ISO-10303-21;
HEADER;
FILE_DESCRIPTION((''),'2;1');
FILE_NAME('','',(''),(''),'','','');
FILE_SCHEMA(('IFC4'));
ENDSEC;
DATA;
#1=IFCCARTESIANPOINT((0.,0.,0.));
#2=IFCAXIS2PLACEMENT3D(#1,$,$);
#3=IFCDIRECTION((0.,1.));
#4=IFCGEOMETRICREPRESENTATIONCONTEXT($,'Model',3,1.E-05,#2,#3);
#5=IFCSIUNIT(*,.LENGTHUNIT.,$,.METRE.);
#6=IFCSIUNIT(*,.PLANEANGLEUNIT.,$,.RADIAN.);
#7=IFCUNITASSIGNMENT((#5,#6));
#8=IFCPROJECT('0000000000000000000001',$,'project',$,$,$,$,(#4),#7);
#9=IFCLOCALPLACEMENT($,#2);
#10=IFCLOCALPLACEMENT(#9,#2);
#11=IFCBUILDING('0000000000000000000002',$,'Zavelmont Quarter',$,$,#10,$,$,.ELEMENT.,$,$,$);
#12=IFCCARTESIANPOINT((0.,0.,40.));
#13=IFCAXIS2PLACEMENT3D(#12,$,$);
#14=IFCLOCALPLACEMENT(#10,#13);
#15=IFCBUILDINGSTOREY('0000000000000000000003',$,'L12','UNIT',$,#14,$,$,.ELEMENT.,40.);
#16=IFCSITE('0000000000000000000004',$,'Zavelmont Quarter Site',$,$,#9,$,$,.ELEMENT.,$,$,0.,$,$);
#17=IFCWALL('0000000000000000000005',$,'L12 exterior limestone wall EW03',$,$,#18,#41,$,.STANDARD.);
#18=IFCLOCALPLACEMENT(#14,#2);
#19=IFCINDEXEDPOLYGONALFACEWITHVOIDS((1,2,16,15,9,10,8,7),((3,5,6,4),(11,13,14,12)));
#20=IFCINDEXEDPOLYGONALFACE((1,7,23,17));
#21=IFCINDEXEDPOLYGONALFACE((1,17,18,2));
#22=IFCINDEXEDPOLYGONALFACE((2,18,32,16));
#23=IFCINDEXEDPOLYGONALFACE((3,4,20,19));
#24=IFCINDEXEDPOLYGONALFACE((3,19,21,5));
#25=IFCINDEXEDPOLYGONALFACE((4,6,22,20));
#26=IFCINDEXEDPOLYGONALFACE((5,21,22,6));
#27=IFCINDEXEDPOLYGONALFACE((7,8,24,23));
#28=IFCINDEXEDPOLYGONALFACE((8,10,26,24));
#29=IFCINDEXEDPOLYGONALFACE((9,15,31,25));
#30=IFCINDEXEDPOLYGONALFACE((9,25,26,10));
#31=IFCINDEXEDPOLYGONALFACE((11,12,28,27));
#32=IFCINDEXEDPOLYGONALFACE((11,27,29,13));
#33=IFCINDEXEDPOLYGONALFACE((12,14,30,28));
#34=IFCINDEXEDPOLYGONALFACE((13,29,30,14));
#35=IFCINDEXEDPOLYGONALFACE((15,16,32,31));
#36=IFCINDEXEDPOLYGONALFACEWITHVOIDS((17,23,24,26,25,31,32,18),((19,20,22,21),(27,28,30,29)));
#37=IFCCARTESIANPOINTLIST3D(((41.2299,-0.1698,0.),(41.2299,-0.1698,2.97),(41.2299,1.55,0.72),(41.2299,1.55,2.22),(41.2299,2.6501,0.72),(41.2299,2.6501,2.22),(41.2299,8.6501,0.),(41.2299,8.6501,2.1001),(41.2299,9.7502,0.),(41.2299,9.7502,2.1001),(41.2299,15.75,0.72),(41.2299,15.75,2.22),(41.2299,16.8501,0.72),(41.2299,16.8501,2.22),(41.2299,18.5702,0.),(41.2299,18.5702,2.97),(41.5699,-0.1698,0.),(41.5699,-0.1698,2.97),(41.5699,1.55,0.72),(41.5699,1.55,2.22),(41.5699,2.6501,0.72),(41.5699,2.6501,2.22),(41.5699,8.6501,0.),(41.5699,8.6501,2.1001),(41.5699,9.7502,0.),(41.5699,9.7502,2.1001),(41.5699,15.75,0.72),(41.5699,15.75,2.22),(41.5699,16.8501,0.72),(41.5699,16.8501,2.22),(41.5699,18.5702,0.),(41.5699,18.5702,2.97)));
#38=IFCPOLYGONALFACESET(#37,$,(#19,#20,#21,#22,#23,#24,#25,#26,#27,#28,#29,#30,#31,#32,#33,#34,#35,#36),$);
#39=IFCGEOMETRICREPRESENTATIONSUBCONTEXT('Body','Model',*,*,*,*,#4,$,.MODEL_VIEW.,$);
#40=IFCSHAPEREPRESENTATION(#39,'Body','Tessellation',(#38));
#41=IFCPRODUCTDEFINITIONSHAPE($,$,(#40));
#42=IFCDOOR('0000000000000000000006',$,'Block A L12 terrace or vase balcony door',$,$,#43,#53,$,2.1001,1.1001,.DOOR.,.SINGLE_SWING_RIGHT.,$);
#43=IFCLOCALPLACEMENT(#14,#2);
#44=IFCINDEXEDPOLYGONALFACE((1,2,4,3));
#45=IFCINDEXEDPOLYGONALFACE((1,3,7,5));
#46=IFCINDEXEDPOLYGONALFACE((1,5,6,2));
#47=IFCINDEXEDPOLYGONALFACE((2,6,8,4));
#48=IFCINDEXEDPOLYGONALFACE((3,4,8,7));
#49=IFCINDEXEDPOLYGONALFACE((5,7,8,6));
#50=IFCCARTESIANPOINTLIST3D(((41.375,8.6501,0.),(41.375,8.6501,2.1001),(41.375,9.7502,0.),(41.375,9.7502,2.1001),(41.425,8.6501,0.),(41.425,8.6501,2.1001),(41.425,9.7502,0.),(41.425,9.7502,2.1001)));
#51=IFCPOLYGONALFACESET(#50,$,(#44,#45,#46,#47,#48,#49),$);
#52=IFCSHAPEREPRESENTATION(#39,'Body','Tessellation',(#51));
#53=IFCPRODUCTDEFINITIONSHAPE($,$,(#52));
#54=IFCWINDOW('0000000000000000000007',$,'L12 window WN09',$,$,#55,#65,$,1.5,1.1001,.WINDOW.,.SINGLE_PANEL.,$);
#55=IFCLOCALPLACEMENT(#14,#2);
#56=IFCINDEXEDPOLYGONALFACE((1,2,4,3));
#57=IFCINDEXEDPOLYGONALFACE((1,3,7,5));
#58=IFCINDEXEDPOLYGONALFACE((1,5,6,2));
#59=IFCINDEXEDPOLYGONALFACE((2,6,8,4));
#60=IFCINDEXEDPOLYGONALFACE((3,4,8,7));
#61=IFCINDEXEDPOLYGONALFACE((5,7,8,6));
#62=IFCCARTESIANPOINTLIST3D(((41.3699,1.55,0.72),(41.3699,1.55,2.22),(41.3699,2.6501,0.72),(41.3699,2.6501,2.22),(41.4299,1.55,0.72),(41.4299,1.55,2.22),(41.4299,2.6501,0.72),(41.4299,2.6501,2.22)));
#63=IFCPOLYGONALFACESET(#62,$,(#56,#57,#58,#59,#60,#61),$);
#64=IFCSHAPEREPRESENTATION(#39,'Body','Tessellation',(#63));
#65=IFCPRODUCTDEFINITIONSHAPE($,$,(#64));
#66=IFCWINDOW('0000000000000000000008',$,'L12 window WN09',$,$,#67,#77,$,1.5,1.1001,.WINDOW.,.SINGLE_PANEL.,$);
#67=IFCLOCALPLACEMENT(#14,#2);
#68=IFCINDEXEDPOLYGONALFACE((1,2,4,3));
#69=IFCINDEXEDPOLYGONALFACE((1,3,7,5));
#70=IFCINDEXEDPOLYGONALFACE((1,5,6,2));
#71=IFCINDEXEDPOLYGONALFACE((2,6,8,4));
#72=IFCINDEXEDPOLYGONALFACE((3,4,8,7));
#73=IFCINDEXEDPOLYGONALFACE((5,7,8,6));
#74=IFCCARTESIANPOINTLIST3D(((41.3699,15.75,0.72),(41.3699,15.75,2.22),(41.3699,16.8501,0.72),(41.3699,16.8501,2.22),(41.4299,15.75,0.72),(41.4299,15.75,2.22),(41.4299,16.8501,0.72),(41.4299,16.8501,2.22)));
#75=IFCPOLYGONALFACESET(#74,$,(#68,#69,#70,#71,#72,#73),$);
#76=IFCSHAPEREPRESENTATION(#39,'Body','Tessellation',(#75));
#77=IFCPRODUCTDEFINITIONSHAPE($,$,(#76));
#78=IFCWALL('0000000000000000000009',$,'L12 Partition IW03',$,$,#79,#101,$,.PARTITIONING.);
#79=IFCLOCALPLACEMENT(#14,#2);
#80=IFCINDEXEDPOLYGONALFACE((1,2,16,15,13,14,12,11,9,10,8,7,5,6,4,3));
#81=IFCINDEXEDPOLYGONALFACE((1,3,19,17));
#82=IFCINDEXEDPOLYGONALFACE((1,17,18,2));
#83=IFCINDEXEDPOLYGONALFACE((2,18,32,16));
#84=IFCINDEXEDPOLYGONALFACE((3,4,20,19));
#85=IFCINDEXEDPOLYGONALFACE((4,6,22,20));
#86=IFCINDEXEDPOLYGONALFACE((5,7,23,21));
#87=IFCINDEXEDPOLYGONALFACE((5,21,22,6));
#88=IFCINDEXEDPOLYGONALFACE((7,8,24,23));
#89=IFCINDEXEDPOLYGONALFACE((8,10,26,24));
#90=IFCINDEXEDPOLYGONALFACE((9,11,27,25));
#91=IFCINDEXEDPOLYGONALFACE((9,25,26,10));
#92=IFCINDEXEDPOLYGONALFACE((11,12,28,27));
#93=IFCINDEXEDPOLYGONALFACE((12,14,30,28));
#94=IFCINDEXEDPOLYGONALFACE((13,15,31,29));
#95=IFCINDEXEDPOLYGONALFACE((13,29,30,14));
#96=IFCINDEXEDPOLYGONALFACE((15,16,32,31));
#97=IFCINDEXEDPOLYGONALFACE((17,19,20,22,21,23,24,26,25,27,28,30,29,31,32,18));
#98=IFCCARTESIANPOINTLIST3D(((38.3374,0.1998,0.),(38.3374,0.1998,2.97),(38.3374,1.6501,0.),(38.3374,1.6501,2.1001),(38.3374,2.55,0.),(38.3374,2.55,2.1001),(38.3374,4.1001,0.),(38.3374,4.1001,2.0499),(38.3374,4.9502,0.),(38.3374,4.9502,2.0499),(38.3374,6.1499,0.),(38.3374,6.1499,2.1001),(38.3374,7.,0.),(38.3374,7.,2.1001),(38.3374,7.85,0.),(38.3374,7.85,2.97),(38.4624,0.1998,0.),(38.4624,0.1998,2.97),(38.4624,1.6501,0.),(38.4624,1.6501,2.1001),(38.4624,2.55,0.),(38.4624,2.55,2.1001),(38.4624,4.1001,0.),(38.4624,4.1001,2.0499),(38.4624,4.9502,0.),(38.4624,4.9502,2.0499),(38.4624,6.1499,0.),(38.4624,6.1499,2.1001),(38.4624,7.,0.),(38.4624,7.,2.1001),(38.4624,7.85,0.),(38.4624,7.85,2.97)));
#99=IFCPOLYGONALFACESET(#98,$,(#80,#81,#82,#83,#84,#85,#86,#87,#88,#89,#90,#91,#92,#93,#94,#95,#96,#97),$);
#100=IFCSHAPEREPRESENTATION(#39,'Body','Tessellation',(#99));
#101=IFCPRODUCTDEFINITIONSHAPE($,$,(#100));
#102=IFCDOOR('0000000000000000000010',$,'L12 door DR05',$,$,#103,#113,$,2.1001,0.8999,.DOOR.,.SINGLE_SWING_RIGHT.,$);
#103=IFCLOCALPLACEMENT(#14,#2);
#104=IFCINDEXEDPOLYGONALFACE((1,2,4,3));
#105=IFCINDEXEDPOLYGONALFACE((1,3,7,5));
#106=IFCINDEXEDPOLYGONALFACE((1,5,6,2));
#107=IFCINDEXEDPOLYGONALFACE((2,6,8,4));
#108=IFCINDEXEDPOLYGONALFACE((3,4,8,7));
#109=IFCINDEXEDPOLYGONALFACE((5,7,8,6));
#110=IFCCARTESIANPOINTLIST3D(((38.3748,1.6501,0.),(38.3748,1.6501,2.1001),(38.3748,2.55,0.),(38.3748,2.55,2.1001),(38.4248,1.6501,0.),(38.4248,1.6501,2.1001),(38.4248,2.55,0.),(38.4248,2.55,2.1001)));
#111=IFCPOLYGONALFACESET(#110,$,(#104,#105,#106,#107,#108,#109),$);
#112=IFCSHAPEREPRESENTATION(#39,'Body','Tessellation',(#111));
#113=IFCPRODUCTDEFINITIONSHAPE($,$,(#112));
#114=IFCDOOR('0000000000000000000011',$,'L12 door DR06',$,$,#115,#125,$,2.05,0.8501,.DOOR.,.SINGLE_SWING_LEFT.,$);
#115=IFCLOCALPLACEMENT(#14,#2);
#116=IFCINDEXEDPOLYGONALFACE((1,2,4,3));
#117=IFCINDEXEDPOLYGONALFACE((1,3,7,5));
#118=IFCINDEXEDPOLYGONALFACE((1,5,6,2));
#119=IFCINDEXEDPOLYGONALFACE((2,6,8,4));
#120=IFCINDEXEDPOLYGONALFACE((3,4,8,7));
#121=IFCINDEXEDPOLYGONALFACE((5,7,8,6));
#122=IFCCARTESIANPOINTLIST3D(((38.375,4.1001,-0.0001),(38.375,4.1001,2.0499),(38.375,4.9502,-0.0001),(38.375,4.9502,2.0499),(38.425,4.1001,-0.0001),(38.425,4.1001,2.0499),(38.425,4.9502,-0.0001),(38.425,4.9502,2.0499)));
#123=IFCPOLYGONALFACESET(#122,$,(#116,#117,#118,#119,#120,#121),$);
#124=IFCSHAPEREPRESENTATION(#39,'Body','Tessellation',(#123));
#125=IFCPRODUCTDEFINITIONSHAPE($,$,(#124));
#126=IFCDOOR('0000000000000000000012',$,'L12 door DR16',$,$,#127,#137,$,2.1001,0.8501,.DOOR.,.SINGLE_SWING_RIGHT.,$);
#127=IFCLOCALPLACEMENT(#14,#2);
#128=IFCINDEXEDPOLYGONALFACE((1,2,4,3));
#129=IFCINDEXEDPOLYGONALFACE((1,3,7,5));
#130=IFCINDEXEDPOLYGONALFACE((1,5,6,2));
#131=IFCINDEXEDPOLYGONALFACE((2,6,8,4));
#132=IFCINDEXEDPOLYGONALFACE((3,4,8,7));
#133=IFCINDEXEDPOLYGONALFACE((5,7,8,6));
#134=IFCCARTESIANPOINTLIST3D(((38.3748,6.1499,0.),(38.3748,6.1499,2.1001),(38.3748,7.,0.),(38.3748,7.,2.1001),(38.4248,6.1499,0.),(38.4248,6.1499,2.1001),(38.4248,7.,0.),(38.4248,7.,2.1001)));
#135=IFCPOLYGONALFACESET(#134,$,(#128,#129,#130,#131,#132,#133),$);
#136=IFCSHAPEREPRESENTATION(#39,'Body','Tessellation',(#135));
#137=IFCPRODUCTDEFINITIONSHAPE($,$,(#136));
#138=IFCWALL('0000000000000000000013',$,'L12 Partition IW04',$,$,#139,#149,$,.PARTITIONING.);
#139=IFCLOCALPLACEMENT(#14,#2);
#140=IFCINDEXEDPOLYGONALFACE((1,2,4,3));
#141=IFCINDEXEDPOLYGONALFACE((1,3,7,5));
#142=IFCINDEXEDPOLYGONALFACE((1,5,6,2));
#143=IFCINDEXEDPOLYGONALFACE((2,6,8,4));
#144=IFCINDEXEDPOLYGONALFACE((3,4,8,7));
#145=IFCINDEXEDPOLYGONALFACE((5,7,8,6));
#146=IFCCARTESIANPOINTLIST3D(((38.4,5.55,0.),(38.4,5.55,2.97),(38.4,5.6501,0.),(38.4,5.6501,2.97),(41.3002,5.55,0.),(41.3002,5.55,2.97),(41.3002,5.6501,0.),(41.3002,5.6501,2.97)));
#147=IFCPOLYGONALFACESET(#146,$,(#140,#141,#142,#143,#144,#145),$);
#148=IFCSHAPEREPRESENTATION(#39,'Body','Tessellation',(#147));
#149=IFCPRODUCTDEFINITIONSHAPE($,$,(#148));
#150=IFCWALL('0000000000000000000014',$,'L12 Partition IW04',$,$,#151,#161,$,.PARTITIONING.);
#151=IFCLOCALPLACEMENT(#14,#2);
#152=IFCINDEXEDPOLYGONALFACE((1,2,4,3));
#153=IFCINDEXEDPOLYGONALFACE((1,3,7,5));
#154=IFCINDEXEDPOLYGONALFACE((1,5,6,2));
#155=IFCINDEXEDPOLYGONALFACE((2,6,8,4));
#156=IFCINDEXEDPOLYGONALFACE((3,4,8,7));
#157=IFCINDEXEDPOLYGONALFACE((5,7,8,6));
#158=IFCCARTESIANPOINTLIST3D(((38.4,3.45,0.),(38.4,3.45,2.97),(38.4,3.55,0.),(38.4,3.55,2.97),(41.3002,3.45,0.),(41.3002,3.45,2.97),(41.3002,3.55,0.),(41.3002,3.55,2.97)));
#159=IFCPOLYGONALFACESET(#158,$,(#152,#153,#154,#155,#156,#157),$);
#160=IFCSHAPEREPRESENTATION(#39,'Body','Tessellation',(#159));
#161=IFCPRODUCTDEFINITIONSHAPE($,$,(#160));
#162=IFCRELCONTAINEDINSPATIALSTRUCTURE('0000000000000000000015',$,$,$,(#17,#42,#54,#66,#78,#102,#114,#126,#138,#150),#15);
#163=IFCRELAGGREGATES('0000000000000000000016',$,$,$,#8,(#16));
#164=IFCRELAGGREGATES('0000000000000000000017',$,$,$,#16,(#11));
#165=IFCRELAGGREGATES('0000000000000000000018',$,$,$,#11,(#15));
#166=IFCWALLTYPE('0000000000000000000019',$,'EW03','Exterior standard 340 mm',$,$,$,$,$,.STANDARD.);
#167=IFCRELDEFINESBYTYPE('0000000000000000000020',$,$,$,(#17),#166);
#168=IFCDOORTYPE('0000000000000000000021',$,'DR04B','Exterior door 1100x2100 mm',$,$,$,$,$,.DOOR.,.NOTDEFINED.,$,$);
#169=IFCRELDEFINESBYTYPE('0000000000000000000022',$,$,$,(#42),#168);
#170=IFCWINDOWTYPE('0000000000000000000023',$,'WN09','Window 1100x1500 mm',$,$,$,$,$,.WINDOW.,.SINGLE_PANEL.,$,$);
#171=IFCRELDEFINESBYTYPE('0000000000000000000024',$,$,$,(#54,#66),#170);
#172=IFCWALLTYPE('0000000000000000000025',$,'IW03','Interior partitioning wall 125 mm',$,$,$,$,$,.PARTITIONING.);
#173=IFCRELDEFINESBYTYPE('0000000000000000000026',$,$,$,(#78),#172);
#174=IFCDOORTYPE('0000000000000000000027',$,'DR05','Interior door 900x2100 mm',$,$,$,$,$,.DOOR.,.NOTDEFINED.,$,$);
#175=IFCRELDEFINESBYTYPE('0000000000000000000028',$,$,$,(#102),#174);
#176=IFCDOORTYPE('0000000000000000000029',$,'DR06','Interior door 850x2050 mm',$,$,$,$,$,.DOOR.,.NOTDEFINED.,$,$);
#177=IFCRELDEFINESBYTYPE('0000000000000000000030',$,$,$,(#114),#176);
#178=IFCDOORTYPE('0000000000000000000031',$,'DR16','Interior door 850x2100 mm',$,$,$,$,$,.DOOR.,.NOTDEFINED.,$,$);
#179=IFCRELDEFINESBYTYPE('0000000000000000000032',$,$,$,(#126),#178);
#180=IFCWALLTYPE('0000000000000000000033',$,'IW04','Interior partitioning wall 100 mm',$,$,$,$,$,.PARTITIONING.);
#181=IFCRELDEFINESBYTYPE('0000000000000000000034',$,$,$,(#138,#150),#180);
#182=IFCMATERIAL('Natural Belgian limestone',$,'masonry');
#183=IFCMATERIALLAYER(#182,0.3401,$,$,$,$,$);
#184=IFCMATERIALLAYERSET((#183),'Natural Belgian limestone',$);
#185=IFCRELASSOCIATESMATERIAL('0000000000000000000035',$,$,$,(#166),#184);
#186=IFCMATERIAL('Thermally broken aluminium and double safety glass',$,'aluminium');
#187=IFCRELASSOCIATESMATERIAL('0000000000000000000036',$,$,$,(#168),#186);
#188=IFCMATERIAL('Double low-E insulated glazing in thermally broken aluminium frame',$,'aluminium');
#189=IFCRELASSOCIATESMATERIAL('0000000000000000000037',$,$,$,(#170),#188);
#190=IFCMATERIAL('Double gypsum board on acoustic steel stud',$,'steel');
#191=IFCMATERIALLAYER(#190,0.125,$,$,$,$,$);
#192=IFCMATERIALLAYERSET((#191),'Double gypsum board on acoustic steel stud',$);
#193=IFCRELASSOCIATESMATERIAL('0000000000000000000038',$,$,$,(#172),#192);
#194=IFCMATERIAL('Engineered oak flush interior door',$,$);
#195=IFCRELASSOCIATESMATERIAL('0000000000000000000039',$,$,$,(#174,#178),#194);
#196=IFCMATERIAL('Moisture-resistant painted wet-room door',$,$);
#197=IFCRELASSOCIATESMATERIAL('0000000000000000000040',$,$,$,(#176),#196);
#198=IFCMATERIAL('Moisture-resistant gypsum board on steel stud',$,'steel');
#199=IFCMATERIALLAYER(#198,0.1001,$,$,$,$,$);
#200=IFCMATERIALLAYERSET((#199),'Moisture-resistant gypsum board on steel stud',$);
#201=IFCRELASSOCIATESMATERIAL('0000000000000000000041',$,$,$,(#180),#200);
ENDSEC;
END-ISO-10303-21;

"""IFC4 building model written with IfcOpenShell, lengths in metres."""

from ifc_helpers import new_model, si_unit, direction, frame, frame_2d, origin, origin_with_axes, place, context, subcontext, project, spatial, rectangle, extrude, material, layer, layer_set, type_object, element, fill, save


model = new_model("IFC4")

# Units and contexts
model_context = context("Model", 3, precision=1e-05, world=origin(), true_north=direction((0.0, 1.0)))
body_context = subcontext(model_context, "Body", "Model", "MODEL_VIEW")
ifc_project = project(units=[si_unit("LENGTHUNIT", "METRE"), si_unit("PLANEANGLEUNIT", "RADIAN")], contexts=[model_context])

# Site, building, storey
site_placement = place(None, origin())
site = spatial("IfcSite", under=ifc_project, at=site_placement, Name="Zavelmont Quarter Site", CompositionType="ELEMENT", RefElevation=0.0)
building_placement = place(site_placement, origin())
building = spatial("IfcBuilding", under=site, at=building_placement, Name="Zavelmont Quarter", CompositionType="ELEMENT")
storey_placement = place(building_placement, frame((0.0, 0.0, 40.0)))
storey = spatial("IfcBuildingStorey", under=building, at=storey_placement, Name="L12", Description="UNIT", CompositionType="ELEMENT", Elevation=40.0)

# Wall, openings, door, windows
ifc_material_1 = material(Name="Natural Belgian limestone", Category="masonry")
ifc_layer_1 = layer(ifc_material_1, 0.3401)
ifc_layer_set_1 = layer_set([ifc_layer_1], Name="Natural Belgian limestone")
wall_type_1 = type_object("IfcWallType", Name="EW03", Description="Exterior standard 340 mm", PredefinedType="STANDARD", material=ifc_layer_set_1)
wall_1_placement = place(storey_placement, frame((41.3999, -0.1699, 0.0), z_axis=(0.0, 0.0, 1.0), x_axis=(0.0, 1.0, 0.0)))
wall_1 = element("IfcWall", 1, at=wall_1_placement, inside=storey, type_object=wall_type_1, Name="L12 exterior limestone wall EW03", PredefinedType="STANDARD", context=body_context, shape_type="SweptSolid", body=[
    extrude(rectangle(XDim=18.74, YDim=0.3401, at=frame_2d((9.3701, 0.0))), origin(), (0.0, 0.0, 1.0), 2.97),
])
opening_1_placement = place(wall_1_placement, frame((8.8201, 0.0, 0.0)))
opening_1 = element("IfcOpeningElement", 2, at=opening_1_placement, cuts=wall_1, PredefinedType="OPENING", context=body_context, shape_type="SweptSolid", body=[
    extrude(rectangle(XDim=1.1001, YDim=2.1001, at=frame_2d((0.55, 1.05))), frame((0.0, 0.1821, 0.0), z_axis=(0.0, -1.0, 0.0), x_axis=(1.0, 0.0, 0.0)), (0.0, 0.0, 1.0), 0.364),
])
opening_2_placement = place(wall_1_placement, frame((1.72, 0.0, 0.72)))
opening_2 = element("IfcOpeningElement", 3, at=opening_2_placement, cuts=wall_1, PredefinedType="OPENING", context=body_context, shape_type="SweptSolid", body=[
    extrude(rectangle(XDim=1.1001, YDim=1.5, at=frame_2d((0.55, 0.75))), frame((0.0, 0.1821, 0.0), z_axis=(0.0, -1.0, 0.0), x_axis=(1.0, 0.0, 0.0)), (0.0, 0.0, 1.0), 0.364),
])
opening_3_placement = place(wall_1_placement, frame((15.9199, 0.0, 0.72)))
opening_3 = element("IfcOpeningElement", 4, at=opening_3_placement, cuts=wall_1, PredefinedType="OPENING", context=body_context, shape_type="SweptSolid", body=[
    extrude(rectangle(XDim=1.1001, YDim=1.5, at=frame_2d((0.55, 0.75))), frame((0.0, 0.1821, 0.0), z_axis=(0.0, -1.0, 0.0), x_axis=(1.0, 0.0, 0.0)), (0.0, 0.0, 1.0), 0.364),
])
ifc_material_2 = material(Name="Thermally broken aluminium and double safety glass", Category="aluminium")
door_type_1 = type_object("IfcDoorType", Name="DR04B", Description="Exterior door 1100x2100 mm", OperationType="NOTDEFINED", PredefinedType="DOOR", material=ifc_material_2)
door_1_placement = place(opening_1_placement, origin_with_axes())
door_1 = element("IfcDoor", 5, at=door_1_placement, inside=storey, type_object=door_type_1, Name="Block A L12 terrace or vase balcony door", OperationType="SINGLE_SWING_RIGHT", OverallHeight=2.1001, OverallWidth=1.1001, PredefinedType="DOOR", context=body_context, shape_type="SweptSolid", body=[
    extrude(rectangle(XDim=1.1001, YDim=2.1001, at=frame_2d((0.55, 1.05))), frame((0.0, 0.0249, 0.0), z_axis=(0.0, -1.0, 0.0), x_axis=(1.0, 0.0, 0.0)), (0.0, 0.0, 1.0), 0.05),
])
fill(opening_1, door_1)
ifc_material_3 = material(Name="Double low-E insulated glazing in thermally broken aluminium frame", Category="aluminium")
window_type = type_object("IfcWindowType", Name="WN09", Description="Window 1100x1500 mm", PartitioningType="SINGLE_PANEL", PredefinedType="WINDOW", material=ifc_material_3)
window_1_placement = place(opening_2_placement, origin_with_axes())
window_1 = element("IfcWindow", 6, at=window_1_placement, inside=storey, type_object=window_type, Name="L12 window WN09", OverallHeight=1.5, OverallWidth=1.1001, PartitioningType="SINGLE_PANEL", PredefinedType="WINDOW", context=body_context, shape_type="SweptSolid", body=[
    extrude(rectangle(XDim=1.1001, YDim=1.5, at=frame_2d((0.55, 0.75))), frame((0.0, 0.03, 0.0), z_axis=(0.0, -1.0, 0.0), x_axis=(1.0, 0.0, 0.0)), (0.0, 0.0, 1.0), 0.0601),
])
fill(opening_2, window_1)
window_2_placement = place(opening_3_placement, origin_with_axes())
window_2 = element("IfcWindow", 7, at=window_2_placement, inside=storey, type_object=window_type, Name="L12 window WN09", OverallHeight=1.5, OverallWidth=1.1001, PartitioningType="SINGLE_PANEL", PredefinedType="WINDOW", context=body_context, shape_type="SweptSolid", body=[
    extrude(rectangle(XDim=1.1001, YDim=1.5, at=frame_2d((0.55, 0.75))), frame((0.0, 0.03, 0.0), z_axis=(0.0, -1.0, 0.0), x_axis=(1.0, 0.0, 0.0)), (0.0, 0.0, 1.0), 0.0601),
])
fill(opening_3, window_2)

# Wall, openings, doors
ifc_material_4 = material(Name="Double gypsum board on acoustic steel stud", Category="steel")
ifc_layer_2 = layer(ifc_material_4, 0.125)
ifc_layer_set_2 = layer_set([ifc_layer_2], Name="Double gypsum board on acoustic steel stud")
wall_type_2 = type_object("IfcWallType", Name="IW03", Description="Interior partitioning wall 125 mm", PredefinedType="PARTITIONING", material=ifc_layer_set_2)
wall_2_placement = place(storey_placement, frame((38.3999, 7.8501, 0.0), z_axis=(0.0, 0.0, 1.0), x_axis=(0.0, -1.0, 0.0)))
wall_2 = element("IfcWall", 8, at=wall_2_placement, inside=storey, type_object=wall_type_2, Name="L12 Partition IW03", PredefinedType="PARTITIONING", context=body_context, shape_type="SweptSolid", body=[
    extrude(rectangle(XDim=7.6501, YDim=0.125, at=frame_2d((3.8252, 0.0))), origin(), (0.0, 0.0, 1.0), 2.97),
])
opening_4_placement = place(wall_2_placement, frame((0.8501, 0.0, 0.0)))
opening_4 = element("IfcOpeningElement", 9, at=opening_4_placement, cuts=wall_2, PredefinedType="OPENING", context=body_context, shape_type="SweptSolid", body=[
    extrude(rectangle(XDim=0.8501, YDim=2.1001, at=frame_2d((0.425, 1.05))), frame((0.0, 0.0745, 0.0), z_axis=(0.0, -1.0, 0.0), x_axis=(1.0, 0.0, 0.0)), (0.0, 0.0, 1.0), 0.1489),
])
opening_5_placement = place(wall_2_placement, frame((2.8999, 0.0, 0.0)))
opening_5 = element("IfcOpeningElement", 10, at=opening_5_placement, cuts=wall_2, PredefinedType="OPENING", context=body_context, shape_type="SweptSolid", body=[
    extrude(rectangle(XDim=0.8501, YDim=2.05, at=frame_2d((0.425, 1.0249))), frame((0.0, 0.0745, 0.0), z_axis=(0.0, -1.0, 0.0), x_axis=(1.0, 0.0, 0.0)), (0.0, 0.0, 1.0), 0.1489),
])
opening_6_placement = place(wall_2_placement, frame((5.3, 0.0, 0.0)))
opening_6 = element("IfcOpeningElement", 11, at=opening_6_placement, cuts=wall_2, PredefinedType="OPENING", context=body_context, shape_type="SweptSolid", body=[
    extrude(rectangle(XDim=0.8999, YDim=2.1001, at=frame_2d((0.45, 1.05))), frame((0.0, 0.0745, 0.0), z_axis=(0.0, -1.0, 0.0), x_axis=(1.0, 0.0, 0.0)), (0.0, 0.0, 1.0), 0.1489),
])
ifc_material_5 = material(Name="Engineered oak flush interior door")
door_type_2 = type_object("IfcDoorType", Name="DR05", Description="Interior door 900x2100 mm", OperationType="NOTDEFINED", PredefinedType="DOOR", material=ifc_material_5)
door_2_placement = place(opening_6_placement, origin_with_axes())
door_2 = element("IfcDoor", 12, at=door_2_placement, inside=storey, type_object=door_type_2, Name="L12 door DR05", OperationType="SINGLE_SWING_RIGHT", OverallHeight=2.1001, OverallWidth=0.8999, PredefinedType="DOOR", context=body_context, shape_type="SweptSolid", body=[
    extrude(rectangle(XDim=0.8999, YDim=2.1001, at=frame_2d((0.45, 1.05))), frame((0.0, 0.0249, 0.0), z_axis=(0.0, -1.0, 0.0), x_axis=(1.0, 0.0, 0.0)), (0.0, 0.0, 1.0), 0.05),
])
fill(opening_6, door_2)
ifc_material_6 = material(Name="Moisture-resistant painted wet-room door")
door_type_3 = type_object("IfcDoorType", Name="DR06", Description="Interior door 850x2050 mm", OperationType="NOTDEFINED", PredefinedType="DOOR", material=ifc_material_6)
door_3_placement = place(opening_5_placement, frame((0.8501, 0.0, 0.0), z_axis=(0.0, 0.0, 1.0), x_axis=(-1.0, 0.0, 0.0)))
door_3 = element("IfcDoor", 13, at=door_3_placement, inside=storey, type_object=door_type_3, Name="L12 door DR06", OperationType="SINGLE_SWING_LEFT", OverallHeight=2.05, OverallWidth=0.8501, PredefinedType="DOOR", context=body_context, shape_type="SweptSolid", body=[
    extrude(rectangle(XDim=0.8501, YDim=2.05, at=frame_2d((0.425, 1.0249))), frame((0.0, 0.0249, 0.0), z_axis=(0.0, -1.0, 0.0), x_axis=(1.0, 0.0, 0.0)), (0.0, 0.0, 1.0), 0.05),
])
fill(opening_5, door_3)
door_type_4 = type_object("IfcDoorType", Name="DR16", Description="Interior door 850x2100 mm", OperationType="NOTDEFINED", PredefinedType="DOOR", material=ifc_material_5)
door_4_placement = place(opening_4_placement, origin_with_axes())
door_4 = element("IfcDoor", 14, at=door_4_placement, inside=storey, type_object=door_type_4, Name="L12 door DR16", OperationType="SINGLE_SWING_RIGHT", OverallHeight=2.1001, OverallWidth=0.8501, PredefinedType="DOOR", context=body_context, shape_type="SweptSolid", body=[
    extrude(rectangle(XDim=0.8501, YDim=2.1001, at=frame_2d((0.425, 1.05))), frame((0.0, 0.0249, 0.0), z_axis=(0.0, -1.0, 0.0), x_axis=(1.0, 0.0, 0.0)), (0.0, 0.0, 1.0), 0.05),
])
fill(opening_4, door_4)

# Walls
ifc_material_7 = material(Name="Moisture-resistant gypsum board on steel stud", Category="steel")
ifc_layer_3 = layer(ifc_material_7, 0.1001)
ifc_layer_set_3 = layer_set([ifc_layer_3], Name="Moisture-resistant gypsum board on steel stud")
wall_type_3 = type_object("IfcWallType", Name="IW04", Description="Interior partitioning wall 100 mm", PredefinedType="PARTITIONING", material=ifc_layer_set_3)
for number, where, z_axis, x_axis, name in (
    (15, (38.3999, 5.6001, 0.0), (0.0, 0.0, 1.0), (1.0, 0.0, 0.0), "L12 Partition IW04"),
    (16, (38.3999, 3.5, 0.0), (0.0, 0.0, 1.0), (1.0, 0.0, 0.0), "L12 Partition IW04"),
):
    element("IfcWall", number, at=place(storey_placement, frame(where, z_axis=z_axis, x_axis=x_axis)), inside=storey, type_object=wall_type_3, Name=name, PredefinedType="PARTITIONING", context=body_context, shape_type="SweptSolid", body=[
        extrude(rectangle(XDim=2.9001, YDim=0.1001, at=frame_2d((1.4502, 0.0))), origin(), (0.0, 0.0, 1.0), 2.97),
    ])

save(model, "model.ifc")
